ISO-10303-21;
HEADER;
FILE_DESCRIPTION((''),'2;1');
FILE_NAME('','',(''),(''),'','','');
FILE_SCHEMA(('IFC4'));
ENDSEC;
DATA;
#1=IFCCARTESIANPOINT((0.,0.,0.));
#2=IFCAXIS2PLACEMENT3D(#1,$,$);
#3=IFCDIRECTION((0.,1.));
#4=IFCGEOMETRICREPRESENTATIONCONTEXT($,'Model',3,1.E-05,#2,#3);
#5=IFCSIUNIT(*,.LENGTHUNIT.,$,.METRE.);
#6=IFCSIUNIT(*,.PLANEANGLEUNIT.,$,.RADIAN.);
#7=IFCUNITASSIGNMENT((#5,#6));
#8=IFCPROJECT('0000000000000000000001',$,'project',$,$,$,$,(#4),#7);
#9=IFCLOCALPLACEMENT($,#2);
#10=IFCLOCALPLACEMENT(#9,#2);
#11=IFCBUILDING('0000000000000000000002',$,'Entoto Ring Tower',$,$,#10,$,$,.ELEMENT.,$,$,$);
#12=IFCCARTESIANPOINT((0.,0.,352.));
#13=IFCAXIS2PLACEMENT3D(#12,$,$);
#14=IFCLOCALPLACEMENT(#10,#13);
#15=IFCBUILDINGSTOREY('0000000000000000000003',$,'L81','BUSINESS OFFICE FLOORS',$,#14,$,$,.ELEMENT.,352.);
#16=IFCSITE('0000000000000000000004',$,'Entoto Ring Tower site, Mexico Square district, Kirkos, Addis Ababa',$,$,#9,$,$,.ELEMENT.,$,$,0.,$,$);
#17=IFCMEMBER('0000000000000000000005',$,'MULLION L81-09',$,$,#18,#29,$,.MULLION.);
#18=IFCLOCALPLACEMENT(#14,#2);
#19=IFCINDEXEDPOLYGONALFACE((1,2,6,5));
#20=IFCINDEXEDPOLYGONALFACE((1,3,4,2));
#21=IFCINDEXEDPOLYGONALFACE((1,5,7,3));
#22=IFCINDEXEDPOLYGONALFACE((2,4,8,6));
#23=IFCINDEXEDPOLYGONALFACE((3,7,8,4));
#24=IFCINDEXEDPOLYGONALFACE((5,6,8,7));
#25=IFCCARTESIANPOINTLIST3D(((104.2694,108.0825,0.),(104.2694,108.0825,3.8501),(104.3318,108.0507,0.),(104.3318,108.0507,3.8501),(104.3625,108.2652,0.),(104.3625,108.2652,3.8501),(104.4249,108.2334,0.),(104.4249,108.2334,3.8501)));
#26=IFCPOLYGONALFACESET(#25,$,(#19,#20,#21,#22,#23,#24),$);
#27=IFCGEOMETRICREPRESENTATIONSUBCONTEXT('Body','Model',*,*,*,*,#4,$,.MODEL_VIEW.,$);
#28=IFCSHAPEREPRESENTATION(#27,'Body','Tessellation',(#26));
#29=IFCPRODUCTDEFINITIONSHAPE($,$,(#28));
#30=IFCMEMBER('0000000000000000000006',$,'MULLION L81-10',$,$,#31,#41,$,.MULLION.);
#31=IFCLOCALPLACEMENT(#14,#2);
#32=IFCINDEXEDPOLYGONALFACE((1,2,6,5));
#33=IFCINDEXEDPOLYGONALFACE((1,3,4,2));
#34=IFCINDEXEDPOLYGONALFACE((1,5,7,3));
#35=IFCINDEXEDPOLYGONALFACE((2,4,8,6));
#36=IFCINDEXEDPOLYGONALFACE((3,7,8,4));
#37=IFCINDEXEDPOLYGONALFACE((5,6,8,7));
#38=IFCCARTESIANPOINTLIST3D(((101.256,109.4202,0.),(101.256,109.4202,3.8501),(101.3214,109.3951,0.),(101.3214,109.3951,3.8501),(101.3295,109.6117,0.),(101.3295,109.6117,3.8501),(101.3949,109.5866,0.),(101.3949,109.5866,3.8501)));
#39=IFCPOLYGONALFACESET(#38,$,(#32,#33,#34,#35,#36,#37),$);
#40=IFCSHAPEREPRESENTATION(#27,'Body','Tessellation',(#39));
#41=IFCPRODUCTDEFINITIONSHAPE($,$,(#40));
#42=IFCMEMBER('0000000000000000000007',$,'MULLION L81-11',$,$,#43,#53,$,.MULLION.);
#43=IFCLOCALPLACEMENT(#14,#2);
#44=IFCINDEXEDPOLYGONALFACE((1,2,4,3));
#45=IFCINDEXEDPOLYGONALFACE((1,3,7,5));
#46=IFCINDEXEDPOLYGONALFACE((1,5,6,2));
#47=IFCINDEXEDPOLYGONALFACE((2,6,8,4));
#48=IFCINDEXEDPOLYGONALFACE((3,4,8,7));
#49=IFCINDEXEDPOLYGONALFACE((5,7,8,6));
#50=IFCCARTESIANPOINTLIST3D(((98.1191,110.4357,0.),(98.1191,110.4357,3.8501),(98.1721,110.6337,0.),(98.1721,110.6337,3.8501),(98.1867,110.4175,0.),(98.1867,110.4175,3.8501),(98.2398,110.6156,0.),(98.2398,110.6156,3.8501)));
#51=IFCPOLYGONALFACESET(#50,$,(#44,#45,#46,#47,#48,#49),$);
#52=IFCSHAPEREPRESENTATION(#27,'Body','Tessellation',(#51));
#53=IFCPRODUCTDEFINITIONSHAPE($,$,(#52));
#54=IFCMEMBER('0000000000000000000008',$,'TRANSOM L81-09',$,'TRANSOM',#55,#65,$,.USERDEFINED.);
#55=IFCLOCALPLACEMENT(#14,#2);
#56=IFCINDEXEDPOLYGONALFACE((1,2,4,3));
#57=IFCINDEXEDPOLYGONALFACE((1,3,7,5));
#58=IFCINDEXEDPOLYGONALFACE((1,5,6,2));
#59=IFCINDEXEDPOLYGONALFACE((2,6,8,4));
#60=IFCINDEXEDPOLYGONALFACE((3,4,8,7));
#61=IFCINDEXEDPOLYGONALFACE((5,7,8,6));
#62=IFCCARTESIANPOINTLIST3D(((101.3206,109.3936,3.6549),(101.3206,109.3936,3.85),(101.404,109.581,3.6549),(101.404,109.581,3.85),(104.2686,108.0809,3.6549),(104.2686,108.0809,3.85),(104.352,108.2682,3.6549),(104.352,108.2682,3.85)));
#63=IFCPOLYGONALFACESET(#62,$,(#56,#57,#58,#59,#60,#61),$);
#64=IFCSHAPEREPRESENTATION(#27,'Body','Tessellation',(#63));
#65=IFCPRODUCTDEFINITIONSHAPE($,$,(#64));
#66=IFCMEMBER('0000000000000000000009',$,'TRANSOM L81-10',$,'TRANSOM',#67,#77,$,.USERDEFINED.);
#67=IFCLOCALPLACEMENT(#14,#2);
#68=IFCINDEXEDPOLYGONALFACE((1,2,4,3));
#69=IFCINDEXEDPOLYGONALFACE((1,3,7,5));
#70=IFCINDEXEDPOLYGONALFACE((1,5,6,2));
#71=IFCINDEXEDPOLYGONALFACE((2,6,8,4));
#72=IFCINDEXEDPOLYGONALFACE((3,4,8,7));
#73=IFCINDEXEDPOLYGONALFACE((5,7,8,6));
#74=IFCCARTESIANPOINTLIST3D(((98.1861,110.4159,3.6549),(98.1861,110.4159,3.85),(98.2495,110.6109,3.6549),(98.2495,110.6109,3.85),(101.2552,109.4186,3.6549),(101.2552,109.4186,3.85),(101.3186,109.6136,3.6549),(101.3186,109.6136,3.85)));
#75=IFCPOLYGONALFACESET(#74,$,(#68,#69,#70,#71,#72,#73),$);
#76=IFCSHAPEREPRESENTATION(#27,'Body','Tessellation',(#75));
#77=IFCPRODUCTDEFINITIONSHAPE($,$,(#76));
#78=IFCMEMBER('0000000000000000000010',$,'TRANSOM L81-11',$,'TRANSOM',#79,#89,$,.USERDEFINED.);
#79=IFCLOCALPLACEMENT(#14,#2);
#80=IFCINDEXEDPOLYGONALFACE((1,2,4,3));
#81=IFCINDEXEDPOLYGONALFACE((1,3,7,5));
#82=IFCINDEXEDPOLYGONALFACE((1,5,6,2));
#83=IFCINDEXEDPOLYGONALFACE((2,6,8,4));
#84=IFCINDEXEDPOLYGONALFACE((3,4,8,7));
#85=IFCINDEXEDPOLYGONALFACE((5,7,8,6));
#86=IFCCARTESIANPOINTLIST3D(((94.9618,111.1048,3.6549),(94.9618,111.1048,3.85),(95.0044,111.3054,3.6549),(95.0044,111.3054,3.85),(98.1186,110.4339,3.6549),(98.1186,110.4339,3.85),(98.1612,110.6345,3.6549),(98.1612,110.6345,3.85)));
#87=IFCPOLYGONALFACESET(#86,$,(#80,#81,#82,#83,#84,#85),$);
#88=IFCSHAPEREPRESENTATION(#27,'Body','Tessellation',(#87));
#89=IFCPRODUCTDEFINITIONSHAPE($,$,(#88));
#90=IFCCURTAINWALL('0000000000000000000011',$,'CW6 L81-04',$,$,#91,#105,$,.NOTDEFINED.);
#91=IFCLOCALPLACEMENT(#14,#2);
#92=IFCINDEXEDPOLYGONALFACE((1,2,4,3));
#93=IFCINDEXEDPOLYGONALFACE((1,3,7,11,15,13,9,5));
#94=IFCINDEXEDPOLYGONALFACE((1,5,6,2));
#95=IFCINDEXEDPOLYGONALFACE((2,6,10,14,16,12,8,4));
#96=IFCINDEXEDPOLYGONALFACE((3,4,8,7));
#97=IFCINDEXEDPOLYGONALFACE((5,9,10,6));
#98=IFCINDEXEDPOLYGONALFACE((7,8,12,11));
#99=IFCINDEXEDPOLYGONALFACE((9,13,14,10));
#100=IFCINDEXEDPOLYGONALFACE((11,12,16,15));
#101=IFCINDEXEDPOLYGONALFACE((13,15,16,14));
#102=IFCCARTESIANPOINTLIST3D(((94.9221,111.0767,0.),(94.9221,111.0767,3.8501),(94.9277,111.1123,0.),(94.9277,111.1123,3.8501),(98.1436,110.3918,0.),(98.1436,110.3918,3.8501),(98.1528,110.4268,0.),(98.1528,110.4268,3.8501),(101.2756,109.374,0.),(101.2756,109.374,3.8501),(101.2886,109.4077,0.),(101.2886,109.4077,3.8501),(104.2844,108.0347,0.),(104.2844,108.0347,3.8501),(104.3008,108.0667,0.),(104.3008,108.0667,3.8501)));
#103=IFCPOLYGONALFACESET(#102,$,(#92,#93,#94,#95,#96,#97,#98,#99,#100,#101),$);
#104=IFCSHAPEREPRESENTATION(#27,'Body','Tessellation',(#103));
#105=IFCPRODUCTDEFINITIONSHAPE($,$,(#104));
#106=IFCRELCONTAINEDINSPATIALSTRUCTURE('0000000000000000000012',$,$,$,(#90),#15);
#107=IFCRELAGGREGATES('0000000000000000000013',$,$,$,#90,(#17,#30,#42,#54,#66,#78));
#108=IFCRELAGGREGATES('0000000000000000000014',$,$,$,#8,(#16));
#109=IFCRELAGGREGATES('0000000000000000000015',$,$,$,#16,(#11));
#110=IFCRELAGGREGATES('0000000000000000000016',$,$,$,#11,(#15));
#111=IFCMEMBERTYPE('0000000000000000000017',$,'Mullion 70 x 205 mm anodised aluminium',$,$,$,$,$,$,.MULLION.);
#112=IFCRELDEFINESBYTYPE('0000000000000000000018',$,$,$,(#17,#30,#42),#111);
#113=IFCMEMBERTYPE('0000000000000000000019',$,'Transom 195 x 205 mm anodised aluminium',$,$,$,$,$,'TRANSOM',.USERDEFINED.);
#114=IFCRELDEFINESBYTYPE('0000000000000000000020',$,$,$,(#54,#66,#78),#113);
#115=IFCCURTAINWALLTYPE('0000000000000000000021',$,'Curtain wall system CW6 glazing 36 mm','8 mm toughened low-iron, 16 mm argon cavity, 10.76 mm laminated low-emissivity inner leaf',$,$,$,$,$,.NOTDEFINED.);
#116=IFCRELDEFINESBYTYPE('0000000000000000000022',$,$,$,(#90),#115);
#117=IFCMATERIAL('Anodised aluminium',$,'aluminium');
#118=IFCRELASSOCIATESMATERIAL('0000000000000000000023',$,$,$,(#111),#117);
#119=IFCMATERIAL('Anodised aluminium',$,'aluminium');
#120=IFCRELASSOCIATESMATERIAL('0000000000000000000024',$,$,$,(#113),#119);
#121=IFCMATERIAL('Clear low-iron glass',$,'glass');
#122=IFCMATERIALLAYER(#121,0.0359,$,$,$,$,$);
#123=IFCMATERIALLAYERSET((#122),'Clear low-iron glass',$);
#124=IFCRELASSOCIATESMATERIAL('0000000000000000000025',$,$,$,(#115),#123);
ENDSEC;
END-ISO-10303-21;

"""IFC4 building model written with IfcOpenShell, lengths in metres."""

from ifc_helpers import new_model, si_unit, direction, frame, origin, origin_2d, place, context, subcontext, project, spatial, polyline, rectangle, outline, extrude, material, layer, layer_set, material_profile, profile_set, type_object, element, aggregate, save


model = new_model("IFC4")

# Units and contexts
model_context = context("Model", 3, precision=1e-05, world=origin(), true_north=direction((0.0, 1.0)))
body_context = subcontext(model_context, "Body", "Model", "MODEL_VIEW")
ifc_project = project(units=[si_unit("LENGTHUNIT", "METRE"), si_unit("PLANEANGLEUNIT", "RADIAN")], contexts=[model_context])

# Members
ifc_material_1 = material(Name="Anodised aluminium", Category="aluminium")
ifc_material_profile_1 = material_profile(ifc_material_1, rectangle(XDim=0.0701, YDim=0.2051, at=origin_2d()), Name="Mullion 70 x 205 mm anodised aluminium")
ifc_profile_set_1 = profile_set([ifc_material_profile_1], Name="Anodised aluminium")
member_type_1 = type_object("IfcMemberType", Name="Mullion 70 x 205 mm anodised aluminium", PredefinedType="MULLION", material=ifc_profile_set_1)
site_placement = place(None, origin())
building_placement = place(site_placement, origin())
storey_placement = place(building_placement, frame((0.0, 0.0, 352.0)))
member_1_placement = place(storey_placement, frame((104.3472, 108.158, 0.0), z_axis=(0.0, 0.0, 1.0), x_axis=(-0.891007, 0.45399, 0.0)))
member_1 = element("IfcMember", 1, at=member_1_placement, type_object=member_type_1, Name="MULLION L81-09", PredefinedType="MULLION", context=body_context, shape_type="SweptSolid", body=[
    extrude(rectangle(XDim=0.0701, YDim=0.2051, at=origin_2d()), origin(), (0.0, 0.0, 1.0), 3.8501),
])
member_2_placement = place(storey_placement, frame((101.3254, 109.5034, 0.0), z_axis=(0.0, 0.0, 1.0), x_axis=(-0.93358, 0.358368, 0.0)))
member_2 = element("IfcMember", 2, at=member_2_placement, type_object=member_type_1, Name="MULLION L81-10", PredefinedType="MULLION", context=body_context, shape_type="SweptSolid", body=[
    extrude(rectangle(XDim=0.0701, YDim=0.2051, at=origin_2d()), origin(), (0.0, 0.0, 1.0), 3.8501),
])
member_3_placement = place(storey_placement, frame((98.1794, 110.5256, 0.0), z_axis=(0.0, 0.0, 1.0), x_axis=(-0.965926, 0.258819, 0.0)))
member_3 = element("IfcMember", 3, at=member_3_placement, type_object=member_type_1, Name="MULLION L81-11", PredefinedType="MULLION", context=body_context, shape_type="SweptSolid", body=[
    extrude(rectangle(XDim=0.0701, YDim=0.2051, at=origin_2d()), origin(), (0.0, 0.0, 1.0), 3.8501),
])
ifc_material_2 = material(Name="Anodised aluminium", Category="aluminium")
ifc_material_profile_2 = material_profile(ifc_material_2, rectangle(XDim=0.2051, YDim=0.1951, at=origin_2d()), Name="Transom 195 x 205 mm anodised aluminium")
ifc_profile_set_2 = profile_set([ifc_material_profile_2], Name="Anodised aluminium")
member_type_2 = type_object("IfcMemberType", Name="Transom 195 x 205 mm anodised aluminium", ElementType="TRANSOM", PredefinedType="USERDEFINED", material=ifc_profile_set_2)
member_4_placement = place(storey_placement, frame((104.3103, 108.1746, 3.7524), z_axis=(-0.913521, 0.406791, 0.0), x_axis=(-0.406791, -0.913521, 0.0)))
member_4 = element("IfcMember", 4, at=member_4_placement, type_object=member_type_2, Name="TRANSOM L81-09", ObjectType="TRANSOM", PredefinedType="USERDEFINED", context=body_context, shape_type="SweptSolid", body=[
    extrude(rectangle(XDim=0.2051, YDim=0.1951, at=origin_2d()), origin(), (0.0, 0.0, 1.0), 3.2271),
])
member_5_placement = place(storey_placement, frame((101.2869, 109.5161, 3.7524), z_axis=(-0.951047, 0.309047, 0.0), x_axis=(-0.309047, -0.951047, 0.0)))
member_5 = element("IfcMember", 5, at=member_5_placement, type_object=member_type_2, Name="TRANSOM L81-10", ObjectType="TRANSOM", PredefinedType="USERDEFINED", context=body_context, shape_type="SweptSolid", body=[
    extrude(rectangle(XDim=0.2051, YDim=0.1951, at=origin_2d()), origin(), (0.0, 0.0, 1.0), 3.2271),
])
member_6_placement = place(storey_placement, frame((98.1399, 110.5342, 3.7524), z_axis=(-0.978153, 0.207886, 0.0), x_axis=(-0.207886, -0.978153, 0.0)))
member_6 = element("IfcMember", 6, at=member_6_placement, type_object=member_type_2, Name="TRANSOM L81-11", ObjectType="TRANSOM", PredefinedType="USERDEFINED", context=body_context, shape_type="SweptSolid", body=[
    extrude(rectangle(XDim=0.2051, YDim=0.1951, at=origin_2d()), origin(), (0.0, 0.0, 1.0), 3.2273),
])

# Site, building, storey
site = spatial("IfcSite", under=ifc_project, at=site_placement, Name="Entoto Ring Tower site, Mexico Square district, Kirkos, Addis Ababa", CompositionType="ELEMENT", RefElevation=0.0)
building = spatial("IfcBuilding", under=site, at=building_placement, Name="Entoto Ring Tower", CompositionType="ELEMENT")
storey = spatial("IfcBuildingStorey", under=building, at=storey_placement, Name="L81", Description="BUSINESS OFFICE FLOORS", CompositionType="ELEMENT", Elevation=352.0)

# Curtain wall
ifc_material_3 = material(Name="Clear low-iron glass", Category="glass")
ifc_layer = layer(ifc_material_3, 0.0359)
ifc_layer_set = layer_set([ifc_layer], Name="Clear low-iron glass")
curtain_wall_type = type_object("IfcCurtainWallType", Name="Curtain wall system CW6 glazing 36 mm", Description="8 mm toughened low-iron, 16 mm argon cavity, 10.76 mm laminated low-emissivity inner leaf", PredefinedType="NOTDEFINED", material=ifc_layer_set)
curtain_wall_1_placement = place(storey_placement, origin())
curtain_wall_1 = element("IfcCurtainWall", 7, at=curtain_wall_1_placement, inside=storey, type_object=curtain_wall_type, Name="CW6 L81-04", PredefinedType="NOTDEFINED", context=body_context, shape_type="SweptSolid", body=[
    extrude(outline(polyline([(104.3008, 108.0667), (101.2886, 109.4077), (98.1528, 110.4268), (94.9277, 111.1123), (94.9221, 111.0767), (98.1436, 110.3918), (101.2756, 109.374), (104.2844, 108.0347), (104.3008, 108.0667)])), origin(), (0.0, 0.0, 1.0), 3.8501),
])
aggregate(curtain_wall_1, [member_1, member_2, member_3, member_4, member_5, member_6])

save(model, "model.ifc")
